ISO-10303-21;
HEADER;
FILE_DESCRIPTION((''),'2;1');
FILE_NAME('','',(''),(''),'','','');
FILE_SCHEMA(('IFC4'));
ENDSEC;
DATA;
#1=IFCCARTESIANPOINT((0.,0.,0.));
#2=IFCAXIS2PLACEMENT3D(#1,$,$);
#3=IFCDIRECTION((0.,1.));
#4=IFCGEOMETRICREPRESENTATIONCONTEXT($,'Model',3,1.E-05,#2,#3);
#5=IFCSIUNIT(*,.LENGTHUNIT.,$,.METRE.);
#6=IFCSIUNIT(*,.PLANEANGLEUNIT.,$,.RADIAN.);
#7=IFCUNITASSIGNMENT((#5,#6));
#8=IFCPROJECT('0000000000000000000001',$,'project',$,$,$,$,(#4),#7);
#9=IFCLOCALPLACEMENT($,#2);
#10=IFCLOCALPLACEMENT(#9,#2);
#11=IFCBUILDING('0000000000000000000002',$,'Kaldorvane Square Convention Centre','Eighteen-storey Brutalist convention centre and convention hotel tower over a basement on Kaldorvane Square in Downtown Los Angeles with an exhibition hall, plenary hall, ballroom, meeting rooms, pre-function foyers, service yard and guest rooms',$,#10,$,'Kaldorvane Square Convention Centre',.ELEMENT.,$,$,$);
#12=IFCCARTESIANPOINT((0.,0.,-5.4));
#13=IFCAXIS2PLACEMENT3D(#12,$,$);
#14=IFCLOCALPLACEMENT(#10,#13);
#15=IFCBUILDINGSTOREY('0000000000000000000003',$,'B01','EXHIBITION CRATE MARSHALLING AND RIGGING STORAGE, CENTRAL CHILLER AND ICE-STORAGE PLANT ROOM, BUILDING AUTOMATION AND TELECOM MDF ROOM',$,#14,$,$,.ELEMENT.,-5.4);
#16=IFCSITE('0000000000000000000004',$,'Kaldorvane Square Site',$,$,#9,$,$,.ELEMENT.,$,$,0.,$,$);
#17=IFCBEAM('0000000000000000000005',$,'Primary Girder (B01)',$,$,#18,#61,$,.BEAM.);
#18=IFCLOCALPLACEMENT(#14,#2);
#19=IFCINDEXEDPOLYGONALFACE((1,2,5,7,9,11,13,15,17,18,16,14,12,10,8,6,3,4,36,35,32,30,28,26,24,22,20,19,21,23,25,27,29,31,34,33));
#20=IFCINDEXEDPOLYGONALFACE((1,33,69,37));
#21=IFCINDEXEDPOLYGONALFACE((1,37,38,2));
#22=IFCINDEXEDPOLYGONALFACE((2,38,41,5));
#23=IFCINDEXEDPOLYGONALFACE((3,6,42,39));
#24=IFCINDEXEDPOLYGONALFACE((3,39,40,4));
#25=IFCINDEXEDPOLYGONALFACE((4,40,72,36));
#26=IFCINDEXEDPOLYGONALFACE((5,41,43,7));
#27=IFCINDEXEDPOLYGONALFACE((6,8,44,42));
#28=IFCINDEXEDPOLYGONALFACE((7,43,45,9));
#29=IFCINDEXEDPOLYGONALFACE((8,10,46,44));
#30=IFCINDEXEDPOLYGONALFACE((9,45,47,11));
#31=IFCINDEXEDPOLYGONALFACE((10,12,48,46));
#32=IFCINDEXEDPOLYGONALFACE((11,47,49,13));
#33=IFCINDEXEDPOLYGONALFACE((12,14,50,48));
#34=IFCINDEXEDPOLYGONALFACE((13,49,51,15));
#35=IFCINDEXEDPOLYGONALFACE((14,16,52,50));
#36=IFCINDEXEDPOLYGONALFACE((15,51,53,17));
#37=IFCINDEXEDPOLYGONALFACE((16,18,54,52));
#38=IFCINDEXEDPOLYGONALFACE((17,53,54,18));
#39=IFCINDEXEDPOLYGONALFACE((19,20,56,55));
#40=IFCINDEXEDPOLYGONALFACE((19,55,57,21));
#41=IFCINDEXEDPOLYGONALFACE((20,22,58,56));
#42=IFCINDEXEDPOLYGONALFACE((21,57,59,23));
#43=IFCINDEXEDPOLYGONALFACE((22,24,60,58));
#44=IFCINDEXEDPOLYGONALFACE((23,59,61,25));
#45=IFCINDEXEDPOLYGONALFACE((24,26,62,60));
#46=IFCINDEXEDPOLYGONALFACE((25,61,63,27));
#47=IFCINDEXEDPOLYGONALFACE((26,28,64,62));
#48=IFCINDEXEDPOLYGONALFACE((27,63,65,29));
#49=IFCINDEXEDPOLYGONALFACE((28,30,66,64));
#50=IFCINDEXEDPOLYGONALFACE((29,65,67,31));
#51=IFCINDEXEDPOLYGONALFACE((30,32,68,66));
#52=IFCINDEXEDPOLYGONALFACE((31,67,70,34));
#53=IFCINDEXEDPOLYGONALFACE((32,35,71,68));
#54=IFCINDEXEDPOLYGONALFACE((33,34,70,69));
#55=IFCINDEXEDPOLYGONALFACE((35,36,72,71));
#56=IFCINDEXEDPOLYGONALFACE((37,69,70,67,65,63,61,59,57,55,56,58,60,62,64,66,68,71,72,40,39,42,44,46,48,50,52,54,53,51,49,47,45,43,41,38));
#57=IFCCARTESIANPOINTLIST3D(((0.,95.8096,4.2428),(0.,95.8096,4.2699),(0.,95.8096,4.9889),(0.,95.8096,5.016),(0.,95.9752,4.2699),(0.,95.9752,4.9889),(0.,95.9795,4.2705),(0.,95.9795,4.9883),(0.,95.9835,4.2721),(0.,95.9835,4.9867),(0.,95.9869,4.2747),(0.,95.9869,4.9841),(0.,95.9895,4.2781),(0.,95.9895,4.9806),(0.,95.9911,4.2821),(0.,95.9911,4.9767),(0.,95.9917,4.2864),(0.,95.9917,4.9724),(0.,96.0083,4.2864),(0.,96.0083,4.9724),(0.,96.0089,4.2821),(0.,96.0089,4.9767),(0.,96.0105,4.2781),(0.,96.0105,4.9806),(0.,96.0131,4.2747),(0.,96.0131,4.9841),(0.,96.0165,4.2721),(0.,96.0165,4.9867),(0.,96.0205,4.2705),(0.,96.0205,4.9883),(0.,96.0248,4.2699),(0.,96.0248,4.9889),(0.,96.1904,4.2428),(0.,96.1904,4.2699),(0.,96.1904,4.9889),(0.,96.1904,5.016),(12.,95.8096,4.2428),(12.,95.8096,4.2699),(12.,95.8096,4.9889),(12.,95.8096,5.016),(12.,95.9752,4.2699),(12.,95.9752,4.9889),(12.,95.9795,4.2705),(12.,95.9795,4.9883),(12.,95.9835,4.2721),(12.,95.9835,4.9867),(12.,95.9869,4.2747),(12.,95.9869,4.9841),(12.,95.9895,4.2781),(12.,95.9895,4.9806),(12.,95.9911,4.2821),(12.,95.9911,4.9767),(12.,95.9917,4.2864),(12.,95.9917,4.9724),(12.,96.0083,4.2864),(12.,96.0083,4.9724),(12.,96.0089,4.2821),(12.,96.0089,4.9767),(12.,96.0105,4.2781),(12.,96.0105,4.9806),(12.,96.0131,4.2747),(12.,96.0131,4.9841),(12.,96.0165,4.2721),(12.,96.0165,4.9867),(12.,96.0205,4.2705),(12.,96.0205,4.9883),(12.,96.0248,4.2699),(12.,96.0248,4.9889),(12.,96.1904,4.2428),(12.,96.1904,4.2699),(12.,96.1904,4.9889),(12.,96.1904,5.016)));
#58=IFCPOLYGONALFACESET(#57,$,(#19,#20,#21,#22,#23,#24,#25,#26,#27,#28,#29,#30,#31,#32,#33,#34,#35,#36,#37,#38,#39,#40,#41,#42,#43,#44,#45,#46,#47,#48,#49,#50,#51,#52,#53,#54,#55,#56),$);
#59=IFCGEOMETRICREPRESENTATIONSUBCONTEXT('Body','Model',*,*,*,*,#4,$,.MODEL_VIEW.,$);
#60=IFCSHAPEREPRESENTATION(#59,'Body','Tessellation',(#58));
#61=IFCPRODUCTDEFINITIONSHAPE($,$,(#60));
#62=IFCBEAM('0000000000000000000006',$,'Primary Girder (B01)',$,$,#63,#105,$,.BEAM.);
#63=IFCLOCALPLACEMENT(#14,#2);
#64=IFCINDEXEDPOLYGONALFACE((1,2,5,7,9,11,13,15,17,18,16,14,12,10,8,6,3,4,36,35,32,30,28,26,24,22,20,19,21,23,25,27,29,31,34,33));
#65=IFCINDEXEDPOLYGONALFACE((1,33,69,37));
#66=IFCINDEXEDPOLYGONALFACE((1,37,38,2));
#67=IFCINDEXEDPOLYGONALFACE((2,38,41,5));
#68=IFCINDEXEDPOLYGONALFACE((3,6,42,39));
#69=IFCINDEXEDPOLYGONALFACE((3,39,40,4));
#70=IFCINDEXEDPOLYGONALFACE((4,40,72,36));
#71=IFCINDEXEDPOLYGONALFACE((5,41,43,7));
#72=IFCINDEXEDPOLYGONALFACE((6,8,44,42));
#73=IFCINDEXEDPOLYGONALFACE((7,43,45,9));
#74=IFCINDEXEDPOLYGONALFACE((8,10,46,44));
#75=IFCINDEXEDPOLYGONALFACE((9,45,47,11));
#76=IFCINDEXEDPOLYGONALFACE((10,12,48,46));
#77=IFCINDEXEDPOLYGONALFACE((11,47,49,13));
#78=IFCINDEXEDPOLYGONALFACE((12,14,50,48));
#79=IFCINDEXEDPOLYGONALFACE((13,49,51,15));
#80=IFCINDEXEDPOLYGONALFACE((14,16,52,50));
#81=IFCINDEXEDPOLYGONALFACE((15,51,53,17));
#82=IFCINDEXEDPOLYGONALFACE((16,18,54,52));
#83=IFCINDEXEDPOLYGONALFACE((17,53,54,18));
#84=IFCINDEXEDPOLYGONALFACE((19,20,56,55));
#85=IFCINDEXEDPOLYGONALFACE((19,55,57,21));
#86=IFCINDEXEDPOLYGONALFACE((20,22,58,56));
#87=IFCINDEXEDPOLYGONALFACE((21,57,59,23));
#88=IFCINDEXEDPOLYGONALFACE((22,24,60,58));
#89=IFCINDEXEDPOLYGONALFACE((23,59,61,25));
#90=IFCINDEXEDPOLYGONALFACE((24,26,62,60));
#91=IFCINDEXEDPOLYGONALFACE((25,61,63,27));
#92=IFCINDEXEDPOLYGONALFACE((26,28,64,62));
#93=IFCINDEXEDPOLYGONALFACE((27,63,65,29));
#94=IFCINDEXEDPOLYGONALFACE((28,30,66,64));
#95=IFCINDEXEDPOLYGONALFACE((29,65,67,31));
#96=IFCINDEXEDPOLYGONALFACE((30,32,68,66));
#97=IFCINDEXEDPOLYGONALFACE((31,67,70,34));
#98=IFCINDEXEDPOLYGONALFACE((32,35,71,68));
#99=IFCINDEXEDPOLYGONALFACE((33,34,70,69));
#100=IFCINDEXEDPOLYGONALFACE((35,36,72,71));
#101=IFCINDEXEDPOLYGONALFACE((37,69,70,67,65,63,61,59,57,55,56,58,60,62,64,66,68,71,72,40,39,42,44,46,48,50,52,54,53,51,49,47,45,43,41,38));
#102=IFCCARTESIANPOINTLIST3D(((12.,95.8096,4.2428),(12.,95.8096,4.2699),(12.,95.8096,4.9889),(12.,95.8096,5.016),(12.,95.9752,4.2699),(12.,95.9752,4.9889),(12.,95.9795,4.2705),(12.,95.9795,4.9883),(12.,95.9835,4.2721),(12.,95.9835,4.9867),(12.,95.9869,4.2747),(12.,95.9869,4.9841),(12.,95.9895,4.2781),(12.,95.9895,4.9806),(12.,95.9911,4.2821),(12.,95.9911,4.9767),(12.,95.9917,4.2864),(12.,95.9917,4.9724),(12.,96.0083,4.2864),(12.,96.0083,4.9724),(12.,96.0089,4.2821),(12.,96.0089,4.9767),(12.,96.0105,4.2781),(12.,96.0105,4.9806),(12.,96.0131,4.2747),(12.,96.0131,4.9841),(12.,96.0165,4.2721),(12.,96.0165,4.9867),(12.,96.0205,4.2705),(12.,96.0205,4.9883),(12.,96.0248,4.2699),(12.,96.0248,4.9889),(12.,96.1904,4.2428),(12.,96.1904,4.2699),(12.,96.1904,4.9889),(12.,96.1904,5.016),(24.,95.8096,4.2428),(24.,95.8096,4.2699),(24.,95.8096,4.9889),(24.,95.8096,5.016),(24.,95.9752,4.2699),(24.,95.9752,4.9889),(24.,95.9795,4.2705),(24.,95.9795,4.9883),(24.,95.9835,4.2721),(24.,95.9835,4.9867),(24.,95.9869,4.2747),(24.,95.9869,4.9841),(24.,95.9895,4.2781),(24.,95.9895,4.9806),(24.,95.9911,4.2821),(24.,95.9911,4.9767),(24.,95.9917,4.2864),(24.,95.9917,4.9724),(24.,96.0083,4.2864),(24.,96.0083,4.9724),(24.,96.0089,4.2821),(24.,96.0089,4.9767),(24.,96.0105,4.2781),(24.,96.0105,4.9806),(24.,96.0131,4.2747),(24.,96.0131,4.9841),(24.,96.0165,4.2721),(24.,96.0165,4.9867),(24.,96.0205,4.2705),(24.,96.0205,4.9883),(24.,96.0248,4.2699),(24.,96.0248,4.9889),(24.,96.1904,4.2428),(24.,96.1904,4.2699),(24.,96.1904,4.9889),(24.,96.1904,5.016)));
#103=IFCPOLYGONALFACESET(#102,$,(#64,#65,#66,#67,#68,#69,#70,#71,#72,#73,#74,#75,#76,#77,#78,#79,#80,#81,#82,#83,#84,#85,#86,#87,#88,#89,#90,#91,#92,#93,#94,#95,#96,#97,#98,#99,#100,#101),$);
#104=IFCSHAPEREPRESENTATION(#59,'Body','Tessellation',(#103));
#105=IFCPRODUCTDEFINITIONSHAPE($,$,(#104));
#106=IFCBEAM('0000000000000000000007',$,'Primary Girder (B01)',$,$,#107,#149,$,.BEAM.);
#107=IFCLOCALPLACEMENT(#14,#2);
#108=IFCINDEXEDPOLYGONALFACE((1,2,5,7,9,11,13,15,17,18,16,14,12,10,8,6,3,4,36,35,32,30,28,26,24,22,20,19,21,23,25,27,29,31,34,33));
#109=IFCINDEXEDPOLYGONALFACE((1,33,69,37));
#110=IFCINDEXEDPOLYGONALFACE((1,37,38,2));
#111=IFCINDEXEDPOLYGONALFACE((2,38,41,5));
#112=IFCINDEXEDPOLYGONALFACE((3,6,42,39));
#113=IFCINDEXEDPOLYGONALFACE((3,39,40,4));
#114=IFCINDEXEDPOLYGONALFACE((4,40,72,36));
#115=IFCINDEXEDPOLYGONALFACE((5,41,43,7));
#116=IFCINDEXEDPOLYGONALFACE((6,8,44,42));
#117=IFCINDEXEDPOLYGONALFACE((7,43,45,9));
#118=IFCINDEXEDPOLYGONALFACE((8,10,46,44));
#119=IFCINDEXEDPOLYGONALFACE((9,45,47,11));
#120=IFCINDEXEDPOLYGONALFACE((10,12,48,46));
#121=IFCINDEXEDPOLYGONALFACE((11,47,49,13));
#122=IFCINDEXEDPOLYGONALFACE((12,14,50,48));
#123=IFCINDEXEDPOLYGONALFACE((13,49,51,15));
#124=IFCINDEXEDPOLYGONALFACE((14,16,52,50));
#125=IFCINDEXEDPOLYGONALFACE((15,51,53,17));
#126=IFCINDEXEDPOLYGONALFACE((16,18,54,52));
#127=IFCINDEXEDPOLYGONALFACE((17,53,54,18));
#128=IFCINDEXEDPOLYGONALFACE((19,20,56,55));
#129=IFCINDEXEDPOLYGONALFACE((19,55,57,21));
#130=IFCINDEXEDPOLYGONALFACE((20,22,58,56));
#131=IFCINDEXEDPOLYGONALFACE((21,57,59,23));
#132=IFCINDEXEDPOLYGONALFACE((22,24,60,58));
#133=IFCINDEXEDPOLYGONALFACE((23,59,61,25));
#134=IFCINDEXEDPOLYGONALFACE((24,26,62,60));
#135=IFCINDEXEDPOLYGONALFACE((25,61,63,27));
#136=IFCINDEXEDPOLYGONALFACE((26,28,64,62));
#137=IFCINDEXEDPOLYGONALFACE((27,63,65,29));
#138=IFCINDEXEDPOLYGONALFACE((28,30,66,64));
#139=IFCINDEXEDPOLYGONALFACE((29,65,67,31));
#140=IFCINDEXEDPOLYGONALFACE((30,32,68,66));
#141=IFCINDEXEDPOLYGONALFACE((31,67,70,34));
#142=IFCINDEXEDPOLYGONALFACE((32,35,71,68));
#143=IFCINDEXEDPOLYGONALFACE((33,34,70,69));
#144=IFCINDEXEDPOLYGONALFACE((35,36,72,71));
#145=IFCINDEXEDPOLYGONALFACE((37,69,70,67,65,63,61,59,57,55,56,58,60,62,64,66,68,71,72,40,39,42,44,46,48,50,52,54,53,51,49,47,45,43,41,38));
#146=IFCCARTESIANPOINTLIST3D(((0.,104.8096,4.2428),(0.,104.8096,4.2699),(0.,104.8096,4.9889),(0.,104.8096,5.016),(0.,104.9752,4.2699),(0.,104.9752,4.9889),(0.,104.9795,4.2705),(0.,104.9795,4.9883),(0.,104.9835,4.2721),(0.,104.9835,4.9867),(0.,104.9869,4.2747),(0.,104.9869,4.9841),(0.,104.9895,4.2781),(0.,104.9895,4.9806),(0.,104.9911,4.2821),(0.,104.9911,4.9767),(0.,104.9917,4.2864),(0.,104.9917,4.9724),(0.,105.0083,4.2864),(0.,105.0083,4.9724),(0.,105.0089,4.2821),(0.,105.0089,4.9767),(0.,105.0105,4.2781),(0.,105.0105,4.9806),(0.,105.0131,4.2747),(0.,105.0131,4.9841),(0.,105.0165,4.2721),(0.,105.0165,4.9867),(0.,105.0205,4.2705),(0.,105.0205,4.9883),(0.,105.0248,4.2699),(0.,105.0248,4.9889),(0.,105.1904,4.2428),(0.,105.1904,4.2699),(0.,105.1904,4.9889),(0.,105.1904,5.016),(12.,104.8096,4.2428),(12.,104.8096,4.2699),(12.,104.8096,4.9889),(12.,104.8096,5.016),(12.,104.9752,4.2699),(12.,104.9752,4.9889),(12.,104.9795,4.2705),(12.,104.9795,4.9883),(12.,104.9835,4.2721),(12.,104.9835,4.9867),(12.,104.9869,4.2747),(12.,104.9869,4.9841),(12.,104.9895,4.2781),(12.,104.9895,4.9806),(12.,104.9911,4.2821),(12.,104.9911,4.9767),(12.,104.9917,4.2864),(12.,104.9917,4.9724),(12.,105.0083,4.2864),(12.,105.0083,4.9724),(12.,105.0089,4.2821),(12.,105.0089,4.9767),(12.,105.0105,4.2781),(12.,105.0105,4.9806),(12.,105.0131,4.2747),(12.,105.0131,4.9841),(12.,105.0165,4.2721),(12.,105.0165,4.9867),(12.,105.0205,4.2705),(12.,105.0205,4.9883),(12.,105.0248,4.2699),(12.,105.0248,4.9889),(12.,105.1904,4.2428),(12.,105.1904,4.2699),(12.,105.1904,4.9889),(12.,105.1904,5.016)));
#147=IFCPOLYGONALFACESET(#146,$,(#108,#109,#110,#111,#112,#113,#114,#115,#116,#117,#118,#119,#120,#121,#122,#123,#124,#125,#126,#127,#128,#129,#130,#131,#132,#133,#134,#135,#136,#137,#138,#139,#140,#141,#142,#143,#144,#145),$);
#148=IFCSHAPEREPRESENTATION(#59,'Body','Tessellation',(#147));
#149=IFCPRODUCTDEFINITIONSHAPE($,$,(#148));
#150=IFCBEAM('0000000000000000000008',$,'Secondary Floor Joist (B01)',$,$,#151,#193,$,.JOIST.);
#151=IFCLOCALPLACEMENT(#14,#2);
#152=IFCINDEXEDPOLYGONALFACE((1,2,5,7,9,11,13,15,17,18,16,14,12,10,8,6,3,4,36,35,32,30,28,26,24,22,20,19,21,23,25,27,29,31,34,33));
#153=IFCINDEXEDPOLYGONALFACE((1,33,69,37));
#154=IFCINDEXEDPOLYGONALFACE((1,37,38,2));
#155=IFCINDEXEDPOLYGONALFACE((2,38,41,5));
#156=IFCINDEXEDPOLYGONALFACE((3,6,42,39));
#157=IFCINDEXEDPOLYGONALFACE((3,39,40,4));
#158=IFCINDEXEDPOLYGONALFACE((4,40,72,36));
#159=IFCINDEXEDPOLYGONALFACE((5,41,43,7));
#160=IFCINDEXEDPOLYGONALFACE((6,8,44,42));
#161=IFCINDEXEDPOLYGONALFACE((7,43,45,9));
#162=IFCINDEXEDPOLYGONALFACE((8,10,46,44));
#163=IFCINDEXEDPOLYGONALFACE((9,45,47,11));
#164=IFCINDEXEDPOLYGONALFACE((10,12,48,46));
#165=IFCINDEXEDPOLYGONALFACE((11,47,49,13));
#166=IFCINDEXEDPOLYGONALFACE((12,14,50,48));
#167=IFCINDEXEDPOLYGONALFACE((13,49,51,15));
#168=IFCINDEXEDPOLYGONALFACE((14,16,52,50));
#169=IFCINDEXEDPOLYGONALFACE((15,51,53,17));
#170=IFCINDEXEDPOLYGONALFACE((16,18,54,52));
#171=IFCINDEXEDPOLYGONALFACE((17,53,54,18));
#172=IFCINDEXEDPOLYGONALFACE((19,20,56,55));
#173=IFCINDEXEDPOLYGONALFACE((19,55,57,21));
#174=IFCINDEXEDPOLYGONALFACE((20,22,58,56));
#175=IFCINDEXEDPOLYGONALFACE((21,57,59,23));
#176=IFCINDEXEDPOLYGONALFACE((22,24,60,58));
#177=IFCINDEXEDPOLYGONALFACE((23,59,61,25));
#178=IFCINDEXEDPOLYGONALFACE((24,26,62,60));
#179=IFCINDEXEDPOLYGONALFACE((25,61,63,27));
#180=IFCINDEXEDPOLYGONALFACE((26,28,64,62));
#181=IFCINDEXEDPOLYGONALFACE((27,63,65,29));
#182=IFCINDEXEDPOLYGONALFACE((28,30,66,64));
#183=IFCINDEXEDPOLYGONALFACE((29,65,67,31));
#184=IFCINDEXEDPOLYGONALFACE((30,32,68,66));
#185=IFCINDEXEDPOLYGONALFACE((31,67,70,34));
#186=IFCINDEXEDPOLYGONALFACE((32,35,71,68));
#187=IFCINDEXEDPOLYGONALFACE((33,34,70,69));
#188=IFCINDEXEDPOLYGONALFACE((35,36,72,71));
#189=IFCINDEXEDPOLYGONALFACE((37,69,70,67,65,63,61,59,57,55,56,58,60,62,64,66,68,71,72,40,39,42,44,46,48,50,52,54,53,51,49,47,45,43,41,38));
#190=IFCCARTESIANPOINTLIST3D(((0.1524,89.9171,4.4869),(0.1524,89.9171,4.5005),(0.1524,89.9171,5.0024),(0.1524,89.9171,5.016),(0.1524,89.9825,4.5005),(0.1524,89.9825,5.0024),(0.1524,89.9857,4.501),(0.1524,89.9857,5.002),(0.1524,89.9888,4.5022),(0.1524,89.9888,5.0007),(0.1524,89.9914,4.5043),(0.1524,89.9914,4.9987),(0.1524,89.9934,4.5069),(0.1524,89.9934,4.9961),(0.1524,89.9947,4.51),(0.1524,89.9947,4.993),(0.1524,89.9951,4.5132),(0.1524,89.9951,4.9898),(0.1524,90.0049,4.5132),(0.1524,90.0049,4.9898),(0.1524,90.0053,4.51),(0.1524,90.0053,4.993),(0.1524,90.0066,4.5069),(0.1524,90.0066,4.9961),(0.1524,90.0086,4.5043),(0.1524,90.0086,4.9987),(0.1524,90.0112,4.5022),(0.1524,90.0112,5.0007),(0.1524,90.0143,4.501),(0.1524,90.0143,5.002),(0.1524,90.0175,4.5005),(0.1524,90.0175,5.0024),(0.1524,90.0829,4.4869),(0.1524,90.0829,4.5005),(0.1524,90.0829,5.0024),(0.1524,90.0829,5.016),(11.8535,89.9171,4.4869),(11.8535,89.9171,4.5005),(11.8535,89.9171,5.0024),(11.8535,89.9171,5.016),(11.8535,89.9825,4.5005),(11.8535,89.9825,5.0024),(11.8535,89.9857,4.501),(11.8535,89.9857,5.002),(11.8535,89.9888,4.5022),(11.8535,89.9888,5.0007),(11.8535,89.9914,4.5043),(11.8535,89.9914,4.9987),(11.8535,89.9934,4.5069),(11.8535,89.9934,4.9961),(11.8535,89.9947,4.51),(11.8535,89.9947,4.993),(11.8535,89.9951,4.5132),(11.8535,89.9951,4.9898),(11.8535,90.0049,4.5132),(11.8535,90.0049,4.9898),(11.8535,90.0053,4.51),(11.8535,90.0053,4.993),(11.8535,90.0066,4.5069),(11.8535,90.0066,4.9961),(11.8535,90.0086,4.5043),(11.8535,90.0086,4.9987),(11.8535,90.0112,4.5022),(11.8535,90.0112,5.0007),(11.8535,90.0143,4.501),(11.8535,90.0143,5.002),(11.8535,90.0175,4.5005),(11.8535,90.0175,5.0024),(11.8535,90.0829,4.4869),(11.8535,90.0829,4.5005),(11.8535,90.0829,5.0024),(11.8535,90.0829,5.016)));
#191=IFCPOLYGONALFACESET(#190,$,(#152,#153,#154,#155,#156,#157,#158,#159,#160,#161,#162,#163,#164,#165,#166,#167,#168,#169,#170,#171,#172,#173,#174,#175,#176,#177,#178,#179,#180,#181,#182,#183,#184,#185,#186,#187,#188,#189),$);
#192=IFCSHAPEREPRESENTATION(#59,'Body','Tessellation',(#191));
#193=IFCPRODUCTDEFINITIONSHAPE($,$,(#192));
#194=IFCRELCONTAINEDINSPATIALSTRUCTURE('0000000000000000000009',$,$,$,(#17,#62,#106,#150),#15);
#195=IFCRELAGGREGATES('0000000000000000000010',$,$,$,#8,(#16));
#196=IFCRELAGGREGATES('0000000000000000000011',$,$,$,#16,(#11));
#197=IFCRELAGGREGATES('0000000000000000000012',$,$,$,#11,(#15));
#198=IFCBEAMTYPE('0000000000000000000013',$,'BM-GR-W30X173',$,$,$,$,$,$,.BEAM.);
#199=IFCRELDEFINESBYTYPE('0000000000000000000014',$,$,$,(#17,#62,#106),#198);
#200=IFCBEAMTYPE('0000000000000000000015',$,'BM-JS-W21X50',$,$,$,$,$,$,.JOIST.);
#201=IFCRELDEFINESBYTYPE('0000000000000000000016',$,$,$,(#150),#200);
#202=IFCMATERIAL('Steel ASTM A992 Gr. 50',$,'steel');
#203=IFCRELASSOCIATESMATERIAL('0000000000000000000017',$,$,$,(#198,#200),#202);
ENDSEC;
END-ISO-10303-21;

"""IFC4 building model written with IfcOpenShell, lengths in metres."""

from ifc_helpers import new_model, si_unit, direction, frame, origin, origin_2d, place, context, subcontext, project, spatial, i_section, extrude, material, material_profile, profile_set, type_object, element, save


model = new_model("IFC4")

# Units and contexts
model_context = context("Model", 3, precision=1e-05, world=origin(), true_north=direction((0.0, 1.0)))
body_context = subcontext(model_context, "Body", "Model", "MODEL_VIEW")
ifc_project = project(units=[si_unit("LENGTHUNIT", "METRE"), si_unit("PLANEANGLEUNIT", "RADIAN")], contexts=[model_context])

# Site, building, storey
site_placement = place(None, origin())
site = spatial("IfcSite", under=ifc_project, at=site_placement, Name="Kaldorvane Square Site", CompositionType="ELEMENT", RefElevation=0.0)
building_placement = place(site_placement, origin())
building = spatial("IfcBuilding", under=site, at=building_placement, Name="Kaldorvane Square Convention Centre", Description="Eighteen-storey Brutalist convention centre and convention hotel tower over a basement on Kaldorvane Square in Downtown Los Angeles with an exhibition hall, plenary hall, ballroom, meeting rooms, pre-function foyers, service yard and guest rooms", LongName="Kaldorvane Square Convention Centre", CompositionType="ELEMENT")
storey_placement = place(building_placement, frame((0.0, 0.0, -5.4)))
storey = spatial("IfcBuildingStorey", under=building, at=storey_placement, Name="B01", Description="EXHIBITION CRATE MARSHALLING AND RIGGING STORAGE, CENTRAL CHILLER AND ICE-STORAGE PLANT ROOM, BUILDING AUTOMATION AND TELECOM MDF ROOM", CompositionType="ELEMENT", Elevation=-5.4)

# Shared definitions
ifc_material_1 = material(Name="Steel ASTM A992 Gr. 50", Category="steel")

# Beams
ifc_material_profile_1 = material_profile(ifc_material_1, i_section(OverallWidth=0.3807, OverallDepth=0.7732, WebThickness=0.0166, FlangeThickness=0.0271, FilletRadius=0.0165, at=origin_2d()), Name="W30X173")
ifc_profile_set_1 = profile_set([ifc_material_profile_1], Name="Steel ASTM A992 Gr. 50")
beam_type_1 = type_object("IfcBeamType", Name="BM-GR-W30X173", PredefinedType="BEAM", material=ifc_profile_set_1)
for number, where, z_axis, x_axis, name in (
    (1, (0.0, 96.0, 4.6294), (1.0, 0.0, 0.0), (0.0, 1.0, 0.0), "Primary Girder (B01)"),
    (2, (12.0, 96.0, 4.6294), (1.0, 0.0, 0.0), (0.0, 1.0, 0.0), "Primary Girder (B01)"),
    (3, (0.0, 105.0, 4.6294), (1.0, 0.0, 0.0), (0.0, 1.0, 0.0), "Primary Girder (B01)"),
):
    element("IfcBeam", number, at=place(storey_placement, frame(where, z_axis=z_axis, x_axis=x_axis)), inside=storey, type_object=beam_type_1, Name=name, PredefinedType="BEAM", context=body_context, shape_type="SweptSolid", body=[
        extrude(i_section(OverallWidth=0.3807, OverallDepth=0.7732, WebThickness=0.0166, FlangeThickness=0.0271, FilletRadius=0.0165, at=origin_2d()), origin(), (0.0, 0.0, 1.0), 12.0),
    ])
ifc_material_profile_2 = material_profile(ifc_material_1, i_section(OverallWidth=0.1659, OverallDepth=0.5291, WebThickness=0.0097, FlangeThickness=0.0136, FilletRadius=0.0127, at=origin_2d()), Name="W21X50")
ifc_profile_set_2 = profile_set([ifc_material_profile_2], Name="Steel ASTM A992 Gr. 50")
beam_type_2 = type_object("IfcBeamType", Name="BM-JS-W21X50", PredefinedType="JOIST", material=ifc_profile_set_2)
beam_1_placement = place(storey_placement, frame((0.1524, 90.0, 4.7515), z_axis=(1.0, 0.0, 0.0), x_axis=(0.0, 1.0, 0.0)))
element("IfcBeam", 4, at=beam_1_placement, inside=storey, type_object=beam_type_2, Name="Secondary Floor Joist (B01)", PredefinedType="JOIST", context=body_context, shape_type="SweptSolid", body=[
    extrude(i_section(OverallWidth=0.1659, OverallDepth=0.5291, WebThickness=0.0097, FlangeThickness=0.0136, FilletRadius=0.0127, at=origin_2d()), origin(), (0.0, 0.0, 1.0), 11.7011),
])

save(model, "model.ifc")
